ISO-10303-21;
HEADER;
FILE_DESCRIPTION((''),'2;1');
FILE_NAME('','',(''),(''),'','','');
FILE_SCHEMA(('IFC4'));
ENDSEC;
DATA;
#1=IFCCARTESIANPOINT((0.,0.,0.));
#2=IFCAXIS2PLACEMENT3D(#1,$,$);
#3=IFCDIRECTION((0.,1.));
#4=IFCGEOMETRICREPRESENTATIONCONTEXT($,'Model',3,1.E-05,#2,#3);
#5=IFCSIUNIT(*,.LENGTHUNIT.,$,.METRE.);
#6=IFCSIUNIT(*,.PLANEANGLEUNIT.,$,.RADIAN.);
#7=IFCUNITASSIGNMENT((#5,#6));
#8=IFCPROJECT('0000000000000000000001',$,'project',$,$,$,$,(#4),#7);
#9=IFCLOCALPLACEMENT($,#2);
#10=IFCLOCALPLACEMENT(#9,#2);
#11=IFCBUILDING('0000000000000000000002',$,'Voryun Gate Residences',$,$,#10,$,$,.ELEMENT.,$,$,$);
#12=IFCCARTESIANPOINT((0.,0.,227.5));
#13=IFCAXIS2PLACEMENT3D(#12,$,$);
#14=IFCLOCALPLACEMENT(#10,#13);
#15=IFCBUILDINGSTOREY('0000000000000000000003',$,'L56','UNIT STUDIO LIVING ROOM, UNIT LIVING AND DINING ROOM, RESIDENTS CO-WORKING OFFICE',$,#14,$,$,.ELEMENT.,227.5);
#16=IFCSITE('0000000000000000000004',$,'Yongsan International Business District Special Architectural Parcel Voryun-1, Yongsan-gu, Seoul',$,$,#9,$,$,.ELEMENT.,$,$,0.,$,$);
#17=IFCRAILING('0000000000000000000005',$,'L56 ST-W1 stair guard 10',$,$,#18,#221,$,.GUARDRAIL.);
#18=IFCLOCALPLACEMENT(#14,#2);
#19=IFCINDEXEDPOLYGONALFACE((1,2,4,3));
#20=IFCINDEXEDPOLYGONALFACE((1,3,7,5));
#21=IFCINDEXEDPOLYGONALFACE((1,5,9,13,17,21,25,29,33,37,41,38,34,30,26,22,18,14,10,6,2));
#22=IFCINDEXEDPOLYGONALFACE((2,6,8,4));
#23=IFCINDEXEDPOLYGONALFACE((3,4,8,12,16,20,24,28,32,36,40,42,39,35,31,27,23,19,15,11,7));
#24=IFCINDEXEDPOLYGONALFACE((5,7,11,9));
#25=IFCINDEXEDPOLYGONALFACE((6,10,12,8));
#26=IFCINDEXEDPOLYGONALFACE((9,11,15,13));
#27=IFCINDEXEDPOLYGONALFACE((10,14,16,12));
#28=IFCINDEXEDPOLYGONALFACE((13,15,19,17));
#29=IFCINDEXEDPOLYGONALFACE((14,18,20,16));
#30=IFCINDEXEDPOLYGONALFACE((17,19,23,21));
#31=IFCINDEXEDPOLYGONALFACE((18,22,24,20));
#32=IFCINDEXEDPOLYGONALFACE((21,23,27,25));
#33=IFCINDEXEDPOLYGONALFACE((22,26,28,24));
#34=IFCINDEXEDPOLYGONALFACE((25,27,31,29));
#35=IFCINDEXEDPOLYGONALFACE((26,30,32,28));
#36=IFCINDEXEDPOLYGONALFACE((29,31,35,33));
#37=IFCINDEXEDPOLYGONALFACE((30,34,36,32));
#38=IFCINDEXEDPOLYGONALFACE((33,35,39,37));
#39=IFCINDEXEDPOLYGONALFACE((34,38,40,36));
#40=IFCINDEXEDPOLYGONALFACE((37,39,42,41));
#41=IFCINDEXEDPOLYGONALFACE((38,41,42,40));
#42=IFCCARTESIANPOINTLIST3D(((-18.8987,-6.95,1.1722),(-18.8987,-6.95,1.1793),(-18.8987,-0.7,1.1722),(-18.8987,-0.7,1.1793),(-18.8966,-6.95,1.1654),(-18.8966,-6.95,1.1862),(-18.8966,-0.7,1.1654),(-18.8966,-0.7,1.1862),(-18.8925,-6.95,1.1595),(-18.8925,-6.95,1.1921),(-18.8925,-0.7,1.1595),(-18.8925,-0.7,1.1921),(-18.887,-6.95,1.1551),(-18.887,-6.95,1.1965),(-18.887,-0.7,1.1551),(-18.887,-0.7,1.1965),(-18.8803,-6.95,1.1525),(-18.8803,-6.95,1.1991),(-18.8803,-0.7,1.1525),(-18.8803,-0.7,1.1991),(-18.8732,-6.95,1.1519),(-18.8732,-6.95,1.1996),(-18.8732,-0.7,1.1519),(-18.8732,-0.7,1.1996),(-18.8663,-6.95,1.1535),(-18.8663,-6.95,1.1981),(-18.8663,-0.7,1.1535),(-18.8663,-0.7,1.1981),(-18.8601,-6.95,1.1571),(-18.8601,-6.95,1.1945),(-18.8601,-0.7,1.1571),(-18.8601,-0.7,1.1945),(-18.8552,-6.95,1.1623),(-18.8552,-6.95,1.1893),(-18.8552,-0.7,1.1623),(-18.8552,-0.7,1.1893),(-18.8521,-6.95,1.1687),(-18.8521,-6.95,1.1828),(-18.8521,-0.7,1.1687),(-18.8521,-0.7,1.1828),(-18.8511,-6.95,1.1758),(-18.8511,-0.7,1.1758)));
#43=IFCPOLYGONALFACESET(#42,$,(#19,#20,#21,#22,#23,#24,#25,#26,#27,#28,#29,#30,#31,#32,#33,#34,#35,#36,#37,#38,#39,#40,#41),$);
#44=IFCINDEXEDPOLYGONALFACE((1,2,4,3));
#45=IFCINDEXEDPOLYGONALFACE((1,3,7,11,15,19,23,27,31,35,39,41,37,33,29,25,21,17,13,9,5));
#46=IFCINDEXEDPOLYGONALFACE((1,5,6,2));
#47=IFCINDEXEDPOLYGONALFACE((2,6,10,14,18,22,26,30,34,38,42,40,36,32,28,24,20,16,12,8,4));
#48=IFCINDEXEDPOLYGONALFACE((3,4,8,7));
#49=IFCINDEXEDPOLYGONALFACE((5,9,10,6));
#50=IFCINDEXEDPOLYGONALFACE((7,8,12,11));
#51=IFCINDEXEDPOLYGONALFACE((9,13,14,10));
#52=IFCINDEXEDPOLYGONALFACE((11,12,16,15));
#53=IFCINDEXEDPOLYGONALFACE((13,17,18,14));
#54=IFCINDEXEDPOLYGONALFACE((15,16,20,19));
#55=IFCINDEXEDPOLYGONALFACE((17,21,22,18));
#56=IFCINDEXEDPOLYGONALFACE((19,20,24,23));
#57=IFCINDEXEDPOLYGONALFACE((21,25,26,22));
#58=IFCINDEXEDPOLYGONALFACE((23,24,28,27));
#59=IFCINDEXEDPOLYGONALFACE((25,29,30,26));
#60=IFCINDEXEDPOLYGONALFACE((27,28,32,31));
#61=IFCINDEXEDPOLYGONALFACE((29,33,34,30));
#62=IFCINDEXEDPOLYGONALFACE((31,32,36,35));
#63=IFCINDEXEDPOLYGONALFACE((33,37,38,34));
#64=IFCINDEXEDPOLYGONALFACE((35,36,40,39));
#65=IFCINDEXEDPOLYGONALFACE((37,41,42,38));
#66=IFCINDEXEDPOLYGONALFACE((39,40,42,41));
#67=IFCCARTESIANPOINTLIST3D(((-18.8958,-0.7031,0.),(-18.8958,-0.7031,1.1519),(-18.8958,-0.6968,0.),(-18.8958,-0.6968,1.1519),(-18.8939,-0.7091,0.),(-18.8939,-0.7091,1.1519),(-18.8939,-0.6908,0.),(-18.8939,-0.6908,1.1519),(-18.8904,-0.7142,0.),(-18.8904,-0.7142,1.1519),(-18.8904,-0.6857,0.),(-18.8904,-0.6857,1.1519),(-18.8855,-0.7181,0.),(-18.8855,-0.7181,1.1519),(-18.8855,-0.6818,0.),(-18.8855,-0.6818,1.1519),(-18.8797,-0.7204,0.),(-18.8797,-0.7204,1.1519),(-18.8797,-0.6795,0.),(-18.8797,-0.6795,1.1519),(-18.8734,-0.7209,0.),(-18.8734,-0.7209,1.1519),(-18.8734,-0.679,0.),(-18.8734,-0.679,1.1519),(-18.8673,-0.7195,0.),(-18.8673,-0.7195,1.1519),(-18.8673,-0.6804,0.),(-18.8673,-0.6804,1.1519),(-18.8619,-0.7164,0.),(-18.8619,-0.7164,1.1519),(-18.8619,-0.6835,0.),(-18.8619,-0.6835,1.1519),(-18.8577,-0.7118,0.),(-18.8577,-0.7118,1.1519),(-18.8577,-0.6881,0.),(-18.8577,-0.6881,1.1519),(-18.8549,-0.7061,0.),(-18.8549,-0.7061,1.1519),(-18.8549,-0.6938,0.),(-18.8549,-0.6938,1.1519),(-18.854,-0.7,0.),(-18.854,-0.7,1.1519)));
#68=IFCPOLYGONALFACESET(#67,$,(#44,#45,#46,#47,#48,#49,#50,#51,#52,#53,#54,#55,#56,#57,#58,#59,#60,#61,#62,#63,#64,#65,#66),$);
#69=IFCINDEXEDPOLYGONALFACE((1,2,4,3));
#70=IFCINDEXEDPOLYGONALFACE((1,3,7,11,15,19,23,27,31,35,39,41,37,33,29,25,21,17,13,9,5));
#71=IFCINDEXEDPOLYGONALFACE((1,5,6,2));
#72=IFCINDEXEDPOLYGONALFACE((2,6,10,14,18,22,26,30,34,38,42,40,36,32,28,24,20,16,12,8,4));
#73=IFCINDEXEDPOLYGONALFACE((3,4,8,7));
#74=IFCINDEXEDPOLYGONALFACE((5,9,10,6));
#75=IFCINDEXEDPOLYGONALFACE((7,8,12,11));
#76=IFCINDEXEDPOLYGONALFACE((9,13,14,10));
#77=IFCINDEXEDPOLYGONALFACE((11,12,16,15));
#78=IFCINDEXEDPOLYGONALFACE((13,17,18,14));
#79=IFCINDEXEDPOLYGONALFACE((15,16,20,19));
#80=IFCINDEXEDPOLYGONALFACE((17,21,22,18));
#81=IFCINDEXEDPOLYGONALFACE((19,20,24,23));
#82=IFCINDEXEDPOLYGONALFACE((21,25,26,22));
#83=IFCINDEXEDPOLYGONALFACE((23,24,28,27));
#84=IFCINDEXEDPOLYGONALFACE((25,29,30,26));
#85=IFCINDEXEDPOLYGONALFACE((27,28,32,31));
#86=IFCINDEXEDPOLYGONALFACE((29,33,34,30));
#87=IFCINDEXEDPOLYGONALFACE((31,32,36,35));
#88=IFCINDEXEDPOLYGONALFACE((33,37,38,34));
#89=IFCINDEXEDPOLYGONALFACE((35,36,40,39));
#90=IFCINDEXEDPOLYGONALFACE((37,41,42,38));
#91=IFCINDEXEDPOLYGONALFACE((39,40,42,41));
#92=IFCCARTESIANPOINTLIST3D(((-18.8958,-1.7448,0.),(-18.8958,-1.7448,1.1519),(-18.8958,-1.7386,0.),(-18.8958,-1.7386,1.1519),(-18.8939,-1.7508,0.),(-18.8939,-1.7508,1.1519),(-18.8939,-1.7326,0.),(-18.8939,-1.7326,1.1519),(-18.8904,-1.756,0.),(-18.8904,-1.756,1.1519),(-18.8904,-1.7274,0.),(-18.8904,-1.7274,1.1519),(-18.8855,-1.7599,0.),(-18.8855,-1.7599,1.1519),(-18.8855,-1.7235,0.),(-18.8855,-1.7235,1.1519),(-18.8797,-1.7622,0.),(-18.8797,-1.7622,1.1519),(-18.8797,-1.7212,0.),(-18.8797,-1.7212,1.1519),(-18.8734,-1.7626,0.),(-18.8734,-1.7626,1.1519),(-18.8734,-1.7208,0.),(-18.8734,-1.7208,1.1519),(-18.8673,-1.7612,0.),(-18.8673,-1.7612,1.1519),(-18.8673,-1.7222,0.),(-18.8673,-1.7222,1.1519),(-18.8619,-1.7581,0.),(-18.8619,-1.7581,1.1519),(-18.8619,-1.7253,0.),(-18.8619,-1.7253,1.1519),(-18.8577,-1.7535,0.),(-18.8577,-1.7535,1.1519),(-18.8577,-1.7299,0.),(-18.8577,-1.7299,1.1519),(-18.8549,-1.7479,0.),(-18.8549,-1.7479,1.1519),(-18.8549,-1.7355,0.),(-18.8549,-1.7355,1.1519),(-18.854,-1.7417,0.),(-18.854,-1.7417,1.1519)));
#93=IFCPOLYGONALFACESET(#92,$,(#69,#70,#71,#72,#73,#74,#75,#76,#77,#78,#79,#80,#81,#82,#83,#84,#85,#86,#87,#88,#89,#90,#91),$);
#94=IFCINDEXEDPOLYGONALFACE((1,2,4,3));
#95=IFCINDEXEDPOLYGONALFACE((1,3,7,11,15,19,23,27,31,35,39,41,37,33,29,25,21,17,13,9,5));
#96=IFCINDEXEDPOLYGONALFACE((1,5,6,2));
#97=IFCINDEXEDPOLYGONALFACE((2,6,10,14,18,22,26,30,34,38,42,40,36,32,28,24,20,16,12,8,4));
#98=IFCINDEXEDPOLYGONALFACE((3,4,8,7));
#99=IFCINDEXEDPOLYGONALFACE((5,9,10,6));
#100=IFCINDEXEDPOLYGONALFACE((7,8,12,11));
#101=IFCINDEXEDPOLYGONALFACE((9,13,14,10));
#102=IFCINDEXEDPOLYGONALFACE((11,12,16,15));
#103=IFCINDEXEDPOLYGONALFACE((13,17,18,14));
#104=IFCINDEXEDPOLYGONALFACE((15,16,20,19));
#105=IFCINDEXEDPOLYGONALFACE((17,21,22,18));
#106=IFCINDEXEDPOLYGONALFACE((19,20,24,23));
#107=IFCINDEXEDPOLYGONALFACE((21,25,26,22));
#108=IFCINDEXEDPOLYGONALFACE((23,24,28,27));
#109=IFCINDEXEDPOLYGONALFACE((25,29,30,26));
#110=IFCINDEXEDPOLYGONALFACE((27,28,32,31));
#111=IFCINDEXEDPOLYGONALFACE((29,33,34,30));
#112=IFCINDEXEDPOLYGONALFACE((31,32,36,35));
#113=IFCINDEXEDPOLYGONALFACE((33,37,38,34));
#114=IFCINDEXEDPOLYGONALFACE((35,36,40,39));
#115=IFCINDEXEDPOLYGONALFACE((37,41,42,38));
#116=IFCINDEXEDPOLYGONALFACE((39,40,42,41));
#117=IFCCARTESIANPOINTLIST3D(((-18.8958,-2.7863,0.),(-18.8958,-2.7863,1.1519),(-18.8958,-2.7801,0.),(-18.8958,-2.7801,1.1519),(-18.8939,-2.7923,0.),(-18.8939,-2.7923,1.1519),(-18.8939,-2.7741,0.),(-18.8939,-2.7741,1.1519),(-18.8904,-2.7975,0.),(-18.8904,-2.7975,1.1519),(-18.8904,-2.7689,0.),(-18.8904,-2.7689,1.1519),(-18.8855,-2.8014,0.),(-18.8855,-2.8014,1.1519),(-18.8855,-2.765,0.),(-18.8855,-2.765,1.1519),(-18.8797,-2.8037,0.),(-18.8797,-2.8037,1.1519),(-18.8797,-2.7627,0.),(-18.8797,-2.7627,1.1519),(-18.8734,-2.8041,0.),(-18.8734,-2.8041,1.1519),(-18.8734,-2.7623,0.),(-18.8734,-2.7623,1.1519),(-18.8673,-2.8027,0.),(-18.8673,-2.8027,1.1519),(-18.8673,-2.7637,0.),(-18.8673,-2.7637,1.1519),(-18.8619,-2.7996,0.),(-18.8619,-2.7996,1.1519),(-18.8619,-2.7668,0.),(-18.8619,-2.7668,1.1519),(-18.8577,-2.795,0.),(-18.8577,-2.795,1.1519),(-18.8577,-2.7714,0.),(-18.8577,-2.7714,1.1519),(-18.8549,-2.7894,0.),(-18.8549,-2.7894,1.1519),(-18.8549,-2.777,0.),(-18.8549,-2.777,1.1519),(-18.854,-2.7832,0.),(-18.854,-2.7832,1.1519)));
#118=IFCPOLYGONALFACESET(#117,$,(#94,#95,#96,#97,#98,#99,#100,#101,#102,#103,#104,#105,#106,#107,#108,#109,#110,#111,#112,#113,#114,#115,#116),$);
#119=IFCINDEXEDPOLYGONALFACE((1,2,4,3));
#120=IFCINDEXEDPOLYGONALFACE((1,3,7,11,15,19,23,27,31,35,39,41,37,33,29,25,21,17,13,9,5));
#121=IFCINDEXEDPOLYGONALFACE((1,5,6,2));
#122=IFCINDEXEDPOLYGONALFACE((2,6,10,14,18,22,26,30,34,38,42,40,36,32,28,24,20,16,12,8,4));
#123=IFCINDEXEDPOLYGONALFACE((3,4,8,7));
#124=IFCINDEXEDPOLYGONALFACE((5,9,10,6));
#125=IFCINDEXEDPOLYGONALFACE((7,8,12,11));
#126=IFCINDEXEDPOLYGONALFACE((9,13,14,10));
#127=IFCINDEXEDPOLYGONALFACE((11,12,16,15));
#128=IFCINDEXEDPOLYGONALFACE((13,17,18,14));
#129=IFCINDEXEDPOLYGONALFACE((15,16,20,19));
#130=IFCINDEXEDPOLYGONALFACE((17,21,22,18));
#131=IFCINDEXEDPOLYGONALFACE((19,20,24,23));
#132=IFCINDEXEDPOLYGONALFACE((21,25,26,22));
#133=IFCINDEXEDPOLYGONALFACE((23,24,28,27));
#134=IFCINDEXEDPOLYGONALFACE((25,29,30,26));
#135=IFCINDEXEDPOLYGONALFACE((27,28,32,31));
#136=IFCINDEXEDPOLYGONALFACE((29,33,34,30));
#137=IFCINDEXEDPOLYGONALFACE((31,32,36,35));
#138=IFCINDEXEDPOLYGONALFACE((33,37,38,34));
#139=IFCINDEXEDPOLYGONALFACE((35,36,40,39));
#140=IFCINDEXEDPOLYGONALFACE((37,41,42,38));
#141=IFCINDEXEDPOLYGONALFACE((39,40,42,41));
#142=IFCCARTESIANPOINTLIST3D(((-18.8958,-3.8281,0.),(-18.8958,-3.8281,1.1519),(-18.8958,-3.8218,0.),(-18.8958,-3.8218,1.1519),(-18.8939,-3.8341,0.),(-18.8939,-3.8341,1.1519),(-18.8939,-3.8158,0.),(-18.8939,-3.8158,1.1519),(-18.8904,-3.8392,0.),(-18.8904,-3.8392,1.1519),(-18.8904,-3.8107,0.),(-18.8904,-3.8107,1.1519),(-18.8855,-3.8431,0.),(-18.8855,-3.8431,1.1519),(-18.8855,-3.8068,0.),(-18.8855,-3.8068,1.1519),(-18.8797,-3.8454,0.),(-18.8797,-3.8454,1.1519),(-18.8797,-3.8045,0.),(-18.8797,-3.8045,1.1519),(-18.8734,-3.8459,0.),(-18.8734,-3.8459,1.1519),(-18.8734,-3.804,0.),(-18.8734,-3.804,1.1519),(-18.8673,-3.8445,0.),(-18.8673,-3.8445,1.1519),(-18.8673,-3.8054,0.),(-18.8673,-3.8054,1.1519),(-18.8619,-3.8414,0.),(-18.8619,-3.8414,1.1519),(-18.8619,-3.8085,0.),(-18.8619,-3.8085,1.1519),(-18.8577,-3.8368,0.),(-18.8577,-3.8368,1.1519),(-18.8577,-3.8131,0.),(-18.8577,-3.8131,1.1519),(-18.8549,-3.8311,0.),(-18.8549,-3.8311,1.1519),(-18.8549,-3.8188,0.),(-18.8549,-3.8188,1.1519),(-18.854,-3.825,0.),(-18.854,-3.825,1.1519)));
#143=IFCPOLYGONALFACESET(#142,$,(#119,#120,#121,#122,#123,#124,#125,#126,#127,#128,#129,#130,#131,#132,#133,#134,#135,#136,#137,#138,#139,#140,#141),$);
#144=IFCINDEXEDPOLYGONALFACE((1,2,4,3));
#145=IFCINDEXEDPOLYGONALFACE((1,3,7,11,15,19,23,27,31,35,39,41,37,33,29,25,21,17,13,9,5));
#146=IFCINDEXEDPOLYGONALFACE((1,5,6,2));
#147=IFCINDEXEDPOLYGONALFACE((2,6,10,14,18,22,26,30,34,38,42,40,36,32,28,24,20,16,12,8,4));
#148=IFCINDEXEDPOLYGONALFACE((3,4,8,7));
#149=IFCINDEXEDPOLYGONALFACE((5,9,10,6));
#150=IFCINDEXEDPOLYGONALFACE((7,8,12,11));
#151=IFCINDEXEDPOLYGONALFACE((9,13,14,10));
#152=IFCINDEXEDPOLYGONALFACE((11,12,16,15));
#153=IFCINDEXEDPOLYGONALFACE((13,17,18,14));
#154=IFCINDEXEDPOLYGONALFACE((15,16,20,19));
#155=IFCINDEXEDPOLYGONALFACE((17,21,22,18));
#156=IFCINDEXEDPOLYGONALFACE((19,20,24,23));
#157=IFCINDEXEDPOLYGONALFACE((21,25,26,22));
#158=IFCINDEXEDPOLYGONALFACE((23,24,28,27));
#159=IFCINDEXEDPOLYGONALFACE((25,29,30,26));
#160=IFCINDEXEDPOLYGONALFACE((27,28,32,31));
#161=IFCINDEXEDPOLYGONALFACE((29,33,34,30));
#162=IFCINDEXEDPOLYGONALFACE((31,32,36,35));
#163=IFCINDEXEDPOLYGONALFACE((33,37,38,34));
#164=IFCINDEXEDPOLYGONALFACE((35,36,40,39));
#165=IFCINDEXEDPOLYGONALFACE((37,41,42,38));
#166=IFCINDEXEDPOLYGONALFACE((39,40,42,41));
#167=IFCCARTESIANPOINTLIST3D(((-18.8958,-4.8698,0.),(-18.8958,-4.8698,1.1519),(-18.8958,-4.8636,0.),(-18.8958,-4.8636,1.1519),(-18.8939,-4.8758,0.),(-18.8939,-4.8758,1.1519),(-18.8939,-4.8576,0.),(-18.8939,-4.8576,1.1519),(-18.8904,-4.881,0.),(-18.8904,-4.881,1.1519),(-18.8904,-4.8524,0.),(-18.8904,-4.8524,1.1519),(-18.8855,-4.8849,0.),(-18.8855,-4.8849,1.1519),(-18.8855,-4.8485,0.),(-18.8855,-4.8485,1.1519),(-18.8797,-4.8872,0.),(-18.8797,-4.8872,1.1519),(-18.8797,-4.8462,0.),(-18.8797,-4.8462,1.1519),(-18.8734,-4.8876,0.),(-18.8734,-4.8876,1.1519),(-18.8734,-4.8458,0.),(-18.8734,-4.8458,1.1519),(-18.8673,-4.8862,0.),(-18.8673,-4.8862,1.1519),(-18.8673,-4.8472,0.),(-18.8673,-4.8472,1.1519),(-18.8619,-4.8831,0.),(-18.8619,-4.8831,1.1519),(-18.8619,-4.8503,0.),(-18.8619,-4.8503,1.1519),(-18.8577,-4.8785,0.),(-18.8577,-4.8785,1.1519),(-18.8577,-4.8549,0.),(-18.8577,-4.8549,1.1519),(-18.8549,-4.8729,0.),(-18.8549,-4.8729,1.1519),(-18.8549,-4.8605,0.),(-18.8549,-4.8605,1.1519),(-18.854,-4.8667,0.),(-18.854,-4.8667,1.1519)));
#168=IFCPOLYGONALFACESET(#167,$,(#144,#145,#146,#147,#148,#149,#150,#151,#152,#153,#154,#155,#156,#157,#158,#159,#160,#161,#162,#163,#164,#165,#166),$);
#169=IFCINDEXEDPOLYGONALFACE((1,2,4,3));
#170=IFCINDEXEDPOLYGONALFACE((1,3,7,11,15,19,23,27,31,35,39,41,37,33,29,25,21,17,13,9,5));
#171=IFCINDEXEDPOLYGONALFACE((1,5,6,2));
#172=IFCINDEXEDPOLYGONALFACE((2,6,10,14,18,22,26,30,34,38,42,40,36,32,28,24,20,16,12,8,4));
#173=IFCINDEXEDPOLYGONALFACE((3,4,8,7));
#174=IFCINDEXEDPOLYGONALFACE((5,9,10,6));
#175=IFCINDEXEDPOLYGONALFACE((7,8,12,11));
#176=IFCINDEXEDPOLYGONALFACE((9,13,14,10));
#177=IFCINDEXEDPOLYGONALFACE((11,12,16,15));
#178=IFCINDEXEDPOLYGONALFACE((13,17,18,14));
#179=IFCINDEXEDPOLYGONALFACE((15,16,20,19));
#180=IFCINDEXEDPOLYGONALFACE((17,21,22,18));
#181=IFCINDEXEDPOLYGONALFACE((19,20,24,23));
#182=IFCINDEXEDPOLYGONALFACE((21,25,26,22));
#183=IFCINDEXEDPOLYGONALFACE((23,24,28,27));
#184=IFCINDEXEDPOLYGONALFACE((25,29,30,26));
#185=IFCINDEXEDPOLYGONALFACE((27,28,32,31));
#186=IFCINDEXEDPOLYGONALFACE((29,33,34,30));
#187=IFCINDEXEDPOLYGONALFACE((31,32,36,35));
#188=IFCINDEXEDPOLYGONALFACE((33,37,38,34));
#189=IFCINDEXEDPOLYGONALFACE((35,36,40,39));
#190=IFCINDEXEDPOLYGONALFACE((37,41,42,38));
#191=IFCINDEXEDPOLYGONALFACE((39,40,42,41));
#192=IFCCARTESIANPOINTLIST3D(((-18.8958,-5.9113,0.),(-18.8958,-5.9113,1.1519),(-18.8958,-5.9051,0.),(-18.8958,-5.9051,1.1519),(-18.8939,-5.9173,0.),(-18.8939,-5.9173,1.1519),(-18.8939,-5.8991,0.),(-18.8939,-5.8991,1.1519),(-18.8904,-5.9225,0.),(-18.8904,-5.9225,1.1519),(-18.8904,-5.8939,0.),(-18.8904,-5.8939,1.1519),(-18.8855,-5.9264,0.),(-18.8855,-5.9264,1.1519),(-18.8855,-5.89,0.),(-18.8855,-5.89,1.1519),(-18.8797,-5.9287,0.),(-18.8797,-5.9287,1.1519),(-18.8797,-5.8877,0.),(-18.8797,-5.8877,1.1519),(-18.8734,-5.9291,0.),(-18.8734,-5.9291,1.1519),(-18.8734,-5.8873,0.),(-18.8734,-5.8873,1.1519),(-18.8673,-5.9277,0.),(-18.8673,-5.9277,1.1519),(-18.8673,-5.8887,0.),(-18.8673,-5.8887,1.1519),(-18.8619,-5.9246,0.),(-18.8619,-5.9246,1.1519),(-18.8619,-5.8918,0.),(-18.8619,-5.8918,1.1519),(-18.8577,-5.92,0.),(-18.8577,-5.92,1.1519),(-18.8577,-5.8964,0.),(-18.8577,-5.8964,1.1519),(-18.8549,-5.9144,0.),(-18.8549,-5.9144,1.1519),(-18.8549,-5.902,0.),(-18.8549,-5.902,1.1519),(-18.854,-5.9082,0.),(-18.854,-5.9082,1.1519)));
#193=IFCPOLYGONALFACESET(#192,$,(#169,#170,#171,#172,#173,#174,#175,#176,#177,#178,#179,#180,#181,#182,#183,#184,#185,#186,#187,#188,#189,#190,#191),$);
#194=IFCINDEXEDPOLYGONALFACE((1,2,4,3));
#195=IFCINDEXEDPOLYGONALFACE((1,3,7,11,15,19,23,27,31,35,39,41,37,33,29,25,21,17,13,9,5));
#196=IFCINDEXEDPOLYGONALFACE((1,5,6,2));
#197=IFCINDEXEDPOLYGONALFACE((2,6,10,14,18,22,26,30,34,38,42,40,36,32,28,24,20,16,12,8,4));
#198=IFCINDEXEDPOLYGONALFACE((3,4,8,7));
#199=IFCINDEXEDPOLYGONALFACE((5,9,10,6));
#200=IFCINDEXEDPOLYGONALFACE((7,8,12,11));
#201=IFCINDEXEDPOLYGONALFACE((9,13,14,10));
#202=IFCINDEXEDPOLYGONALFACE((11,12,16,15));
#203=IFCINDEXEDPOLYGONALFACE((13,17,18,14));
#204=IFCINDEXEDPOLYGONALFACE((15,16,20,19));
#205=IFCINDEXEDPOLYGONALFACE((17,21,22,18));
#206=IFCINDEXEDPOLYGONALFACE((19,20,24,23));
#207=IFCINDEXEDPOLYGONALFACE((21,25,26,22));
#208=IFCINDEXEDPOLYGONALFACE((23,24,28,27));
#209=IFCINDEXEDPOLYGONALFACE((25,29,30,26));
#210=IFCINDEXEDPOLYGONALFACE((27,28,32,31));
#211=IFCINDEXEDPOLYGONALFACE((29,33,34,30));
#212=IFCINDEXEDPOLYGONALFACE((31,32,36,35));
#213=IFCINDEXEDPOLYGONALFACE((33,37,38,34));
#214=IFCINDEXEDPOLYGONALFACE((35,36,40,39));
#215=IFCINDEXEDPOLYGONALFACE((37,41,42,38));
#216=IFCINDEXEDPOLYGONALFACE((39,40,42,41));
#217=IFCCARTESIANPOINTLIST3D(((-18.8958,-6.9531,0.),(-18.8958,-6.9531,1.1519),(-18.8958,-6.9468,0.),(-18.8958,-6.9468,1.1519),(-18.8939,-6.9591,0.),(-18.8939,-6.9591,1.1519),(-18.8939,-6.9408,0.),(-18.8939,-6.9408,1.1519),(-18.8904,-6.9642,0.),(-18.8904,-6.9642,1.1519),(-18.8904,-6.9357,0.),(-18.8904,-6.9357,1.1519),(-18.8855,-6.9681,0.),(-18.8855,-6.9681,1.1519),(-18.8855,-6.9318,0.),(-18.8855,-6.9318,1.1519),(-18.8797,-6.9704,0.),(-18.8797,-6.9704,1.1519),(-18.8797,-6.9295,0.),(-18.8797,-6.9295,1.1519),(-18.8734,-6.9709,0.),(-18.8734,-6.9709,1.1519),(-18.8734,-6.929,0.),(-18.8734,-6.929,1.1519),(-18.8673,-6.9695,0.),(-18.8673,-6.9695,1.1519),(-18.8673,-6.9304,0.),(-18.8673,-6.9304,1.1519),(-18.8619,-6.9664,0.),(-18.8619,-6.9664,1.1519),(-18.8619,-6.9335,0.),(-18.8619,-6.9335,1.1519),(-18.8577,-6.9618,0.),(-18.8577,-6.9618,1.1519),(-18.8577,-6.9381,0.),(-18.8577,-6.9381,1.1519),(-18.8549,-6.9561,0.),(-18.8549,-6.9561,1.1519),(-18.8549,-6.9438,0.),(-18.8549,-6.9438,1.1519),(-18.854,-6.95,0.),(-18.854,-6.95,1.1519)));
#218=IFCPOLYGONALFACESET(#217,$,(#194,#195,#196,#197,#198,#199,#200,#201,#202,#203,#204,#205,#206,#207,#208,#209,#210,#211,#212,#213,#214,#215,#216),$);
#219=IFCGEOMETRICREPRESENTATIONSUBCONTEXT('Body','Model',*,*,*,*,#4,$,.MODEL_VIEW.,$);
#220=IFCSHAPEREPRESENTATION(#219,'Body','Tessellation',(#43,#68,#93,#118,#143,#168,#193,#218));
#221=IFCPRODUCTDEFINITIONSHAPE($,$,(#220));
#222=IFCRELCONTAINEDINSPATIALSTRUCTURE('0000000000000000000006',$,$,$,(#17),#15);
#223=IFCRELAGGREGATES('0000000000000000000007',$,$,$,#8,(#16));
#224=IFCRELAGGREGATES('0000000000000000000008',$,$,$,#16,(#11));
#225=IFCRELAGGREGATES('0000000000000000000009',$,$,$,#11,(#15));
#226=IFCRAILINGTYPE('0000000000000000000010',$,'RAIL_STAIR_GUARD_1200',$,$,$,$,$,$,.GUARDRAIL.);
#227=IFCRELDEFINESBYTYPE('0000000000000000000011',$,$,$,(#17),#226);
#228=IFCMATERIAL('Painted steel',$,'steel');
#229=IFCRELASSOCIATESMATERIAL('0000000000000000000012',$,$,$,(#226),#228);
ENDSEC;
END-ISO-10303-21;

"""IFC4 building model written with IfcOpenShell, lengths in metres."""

from ifc_helpers import new_model, si_unit, direction, frame, origin, origin_2d, place, context, subcontext, project, spatial, circle, extrude, material, type_object, element, save


model = new_model("IFC4")

# Units and contexts
model_context = context("Model", 3, precision=1e-05, world=origin(), true_north=direction((0.0, 1.0)))
body_context = subcontext(model_context, "Body", "Model", "MODEL_VIEW")
ifc_project = project(units=[si_unit("LENGTHUNIT", "METRE"), si_unit("PLANEANGLEUNIT", "RADIAN")], contexts=[model_context])

# Site, building, storey
site_placement = place(None, origin())
site = spatial("IfcSite", under=ifc_project, at=site_placement, Name="Yongsan International Business District Special Architectural Parcel Voryun-1, Yongsan-gu, Seoul", CompositionType="ELEMENT", RefElevation=0.0)
building_placement = place(site_placement, origin())
building = spatial("IfcBuilding", under=site, at=building_placement, Name="Voryun Gate Residences", CompositionType="ELEMENT")
storey_placement = place(building_placement, frame((0.0, 0.0, 227.5)))
storey = spatial("IfcBuildingStorey", under=building, at=storey_placement, Name="L56", Description="UNIT STUDIO LIVING ROOM, UNIT LIVING AND DINING ROOM, RESIDENTS CO-WORKING OFFICE", CompositionType="ELEMENT", Elevation=227.5)

# Railing
ifc_material_1 = material(Name="Painted steel", Category="steel")
railing_type = type_object("IfcRailingType", Name="RAIL_STAIR_GUARD_1200", PredefinedType="GUARDRAIL", material=ifc_material_1)
railing_1_placement = place(storey_placement, frame((-18.875, -0.7, 0.0)))
element("IfcRailing", 1, at=railing_1_placement, inside=storey, type_object=railing_type, Name="L56 ST-W1 stair guard 10", PredefinedType="GUARDRAIL", context=body_context, shape_type="SweptSolid", body=[
    extrude(circle(Radius=0.0239, at=origin_2d()), frame((0.0, 0.0, 1.1758), z_axis=(0.0, -1.0, 0.0), x_axis=(1.0, 0.0, 0.0)), (0.0, 0.0, 1.0), 6.25),
    extrude(circle(Radius=0.021, at=origin_2d()), origin(), (0.0, 0.0, 1.0), 1.1519),
    extrude(circle(Radius=0.021, at=origin_2d()), frame((0.0, -1.0417, 0.0)), (0.0, 0.0, 1.0), 1.1519),
    extrude(circle(Radius=0.021, at=origin_2d()), frame((0.0, -2.0833, 0.0)), (0.0, 0.0, 1.0), 1.1519),
    extrude(circle(Radius=0.021, at=origin_2d()), frame((0.0, -3.125, 0.0)), (0.0, 0.0, 1.0), 1.1519),
    extrude(circle(Radius=0.021, at=origin_2d()), frame((0.0, -4.1667, 0.0)), (0.0, 0.0, 1.0), 1.1519),
    extrude(circle(Radius=0.021, at=origin_2d()), frame((0.0, -5.2083, 0.0)), (0.0, 0.0, 1.0), 1.1519),
    extrude(circle(Radius=0.021, at=origin_2d()), frame((0.0, -6.25, 0.0)), (0.0, 0.0, 1.0), 1.1519),
])

save(model, "model.ifc")
